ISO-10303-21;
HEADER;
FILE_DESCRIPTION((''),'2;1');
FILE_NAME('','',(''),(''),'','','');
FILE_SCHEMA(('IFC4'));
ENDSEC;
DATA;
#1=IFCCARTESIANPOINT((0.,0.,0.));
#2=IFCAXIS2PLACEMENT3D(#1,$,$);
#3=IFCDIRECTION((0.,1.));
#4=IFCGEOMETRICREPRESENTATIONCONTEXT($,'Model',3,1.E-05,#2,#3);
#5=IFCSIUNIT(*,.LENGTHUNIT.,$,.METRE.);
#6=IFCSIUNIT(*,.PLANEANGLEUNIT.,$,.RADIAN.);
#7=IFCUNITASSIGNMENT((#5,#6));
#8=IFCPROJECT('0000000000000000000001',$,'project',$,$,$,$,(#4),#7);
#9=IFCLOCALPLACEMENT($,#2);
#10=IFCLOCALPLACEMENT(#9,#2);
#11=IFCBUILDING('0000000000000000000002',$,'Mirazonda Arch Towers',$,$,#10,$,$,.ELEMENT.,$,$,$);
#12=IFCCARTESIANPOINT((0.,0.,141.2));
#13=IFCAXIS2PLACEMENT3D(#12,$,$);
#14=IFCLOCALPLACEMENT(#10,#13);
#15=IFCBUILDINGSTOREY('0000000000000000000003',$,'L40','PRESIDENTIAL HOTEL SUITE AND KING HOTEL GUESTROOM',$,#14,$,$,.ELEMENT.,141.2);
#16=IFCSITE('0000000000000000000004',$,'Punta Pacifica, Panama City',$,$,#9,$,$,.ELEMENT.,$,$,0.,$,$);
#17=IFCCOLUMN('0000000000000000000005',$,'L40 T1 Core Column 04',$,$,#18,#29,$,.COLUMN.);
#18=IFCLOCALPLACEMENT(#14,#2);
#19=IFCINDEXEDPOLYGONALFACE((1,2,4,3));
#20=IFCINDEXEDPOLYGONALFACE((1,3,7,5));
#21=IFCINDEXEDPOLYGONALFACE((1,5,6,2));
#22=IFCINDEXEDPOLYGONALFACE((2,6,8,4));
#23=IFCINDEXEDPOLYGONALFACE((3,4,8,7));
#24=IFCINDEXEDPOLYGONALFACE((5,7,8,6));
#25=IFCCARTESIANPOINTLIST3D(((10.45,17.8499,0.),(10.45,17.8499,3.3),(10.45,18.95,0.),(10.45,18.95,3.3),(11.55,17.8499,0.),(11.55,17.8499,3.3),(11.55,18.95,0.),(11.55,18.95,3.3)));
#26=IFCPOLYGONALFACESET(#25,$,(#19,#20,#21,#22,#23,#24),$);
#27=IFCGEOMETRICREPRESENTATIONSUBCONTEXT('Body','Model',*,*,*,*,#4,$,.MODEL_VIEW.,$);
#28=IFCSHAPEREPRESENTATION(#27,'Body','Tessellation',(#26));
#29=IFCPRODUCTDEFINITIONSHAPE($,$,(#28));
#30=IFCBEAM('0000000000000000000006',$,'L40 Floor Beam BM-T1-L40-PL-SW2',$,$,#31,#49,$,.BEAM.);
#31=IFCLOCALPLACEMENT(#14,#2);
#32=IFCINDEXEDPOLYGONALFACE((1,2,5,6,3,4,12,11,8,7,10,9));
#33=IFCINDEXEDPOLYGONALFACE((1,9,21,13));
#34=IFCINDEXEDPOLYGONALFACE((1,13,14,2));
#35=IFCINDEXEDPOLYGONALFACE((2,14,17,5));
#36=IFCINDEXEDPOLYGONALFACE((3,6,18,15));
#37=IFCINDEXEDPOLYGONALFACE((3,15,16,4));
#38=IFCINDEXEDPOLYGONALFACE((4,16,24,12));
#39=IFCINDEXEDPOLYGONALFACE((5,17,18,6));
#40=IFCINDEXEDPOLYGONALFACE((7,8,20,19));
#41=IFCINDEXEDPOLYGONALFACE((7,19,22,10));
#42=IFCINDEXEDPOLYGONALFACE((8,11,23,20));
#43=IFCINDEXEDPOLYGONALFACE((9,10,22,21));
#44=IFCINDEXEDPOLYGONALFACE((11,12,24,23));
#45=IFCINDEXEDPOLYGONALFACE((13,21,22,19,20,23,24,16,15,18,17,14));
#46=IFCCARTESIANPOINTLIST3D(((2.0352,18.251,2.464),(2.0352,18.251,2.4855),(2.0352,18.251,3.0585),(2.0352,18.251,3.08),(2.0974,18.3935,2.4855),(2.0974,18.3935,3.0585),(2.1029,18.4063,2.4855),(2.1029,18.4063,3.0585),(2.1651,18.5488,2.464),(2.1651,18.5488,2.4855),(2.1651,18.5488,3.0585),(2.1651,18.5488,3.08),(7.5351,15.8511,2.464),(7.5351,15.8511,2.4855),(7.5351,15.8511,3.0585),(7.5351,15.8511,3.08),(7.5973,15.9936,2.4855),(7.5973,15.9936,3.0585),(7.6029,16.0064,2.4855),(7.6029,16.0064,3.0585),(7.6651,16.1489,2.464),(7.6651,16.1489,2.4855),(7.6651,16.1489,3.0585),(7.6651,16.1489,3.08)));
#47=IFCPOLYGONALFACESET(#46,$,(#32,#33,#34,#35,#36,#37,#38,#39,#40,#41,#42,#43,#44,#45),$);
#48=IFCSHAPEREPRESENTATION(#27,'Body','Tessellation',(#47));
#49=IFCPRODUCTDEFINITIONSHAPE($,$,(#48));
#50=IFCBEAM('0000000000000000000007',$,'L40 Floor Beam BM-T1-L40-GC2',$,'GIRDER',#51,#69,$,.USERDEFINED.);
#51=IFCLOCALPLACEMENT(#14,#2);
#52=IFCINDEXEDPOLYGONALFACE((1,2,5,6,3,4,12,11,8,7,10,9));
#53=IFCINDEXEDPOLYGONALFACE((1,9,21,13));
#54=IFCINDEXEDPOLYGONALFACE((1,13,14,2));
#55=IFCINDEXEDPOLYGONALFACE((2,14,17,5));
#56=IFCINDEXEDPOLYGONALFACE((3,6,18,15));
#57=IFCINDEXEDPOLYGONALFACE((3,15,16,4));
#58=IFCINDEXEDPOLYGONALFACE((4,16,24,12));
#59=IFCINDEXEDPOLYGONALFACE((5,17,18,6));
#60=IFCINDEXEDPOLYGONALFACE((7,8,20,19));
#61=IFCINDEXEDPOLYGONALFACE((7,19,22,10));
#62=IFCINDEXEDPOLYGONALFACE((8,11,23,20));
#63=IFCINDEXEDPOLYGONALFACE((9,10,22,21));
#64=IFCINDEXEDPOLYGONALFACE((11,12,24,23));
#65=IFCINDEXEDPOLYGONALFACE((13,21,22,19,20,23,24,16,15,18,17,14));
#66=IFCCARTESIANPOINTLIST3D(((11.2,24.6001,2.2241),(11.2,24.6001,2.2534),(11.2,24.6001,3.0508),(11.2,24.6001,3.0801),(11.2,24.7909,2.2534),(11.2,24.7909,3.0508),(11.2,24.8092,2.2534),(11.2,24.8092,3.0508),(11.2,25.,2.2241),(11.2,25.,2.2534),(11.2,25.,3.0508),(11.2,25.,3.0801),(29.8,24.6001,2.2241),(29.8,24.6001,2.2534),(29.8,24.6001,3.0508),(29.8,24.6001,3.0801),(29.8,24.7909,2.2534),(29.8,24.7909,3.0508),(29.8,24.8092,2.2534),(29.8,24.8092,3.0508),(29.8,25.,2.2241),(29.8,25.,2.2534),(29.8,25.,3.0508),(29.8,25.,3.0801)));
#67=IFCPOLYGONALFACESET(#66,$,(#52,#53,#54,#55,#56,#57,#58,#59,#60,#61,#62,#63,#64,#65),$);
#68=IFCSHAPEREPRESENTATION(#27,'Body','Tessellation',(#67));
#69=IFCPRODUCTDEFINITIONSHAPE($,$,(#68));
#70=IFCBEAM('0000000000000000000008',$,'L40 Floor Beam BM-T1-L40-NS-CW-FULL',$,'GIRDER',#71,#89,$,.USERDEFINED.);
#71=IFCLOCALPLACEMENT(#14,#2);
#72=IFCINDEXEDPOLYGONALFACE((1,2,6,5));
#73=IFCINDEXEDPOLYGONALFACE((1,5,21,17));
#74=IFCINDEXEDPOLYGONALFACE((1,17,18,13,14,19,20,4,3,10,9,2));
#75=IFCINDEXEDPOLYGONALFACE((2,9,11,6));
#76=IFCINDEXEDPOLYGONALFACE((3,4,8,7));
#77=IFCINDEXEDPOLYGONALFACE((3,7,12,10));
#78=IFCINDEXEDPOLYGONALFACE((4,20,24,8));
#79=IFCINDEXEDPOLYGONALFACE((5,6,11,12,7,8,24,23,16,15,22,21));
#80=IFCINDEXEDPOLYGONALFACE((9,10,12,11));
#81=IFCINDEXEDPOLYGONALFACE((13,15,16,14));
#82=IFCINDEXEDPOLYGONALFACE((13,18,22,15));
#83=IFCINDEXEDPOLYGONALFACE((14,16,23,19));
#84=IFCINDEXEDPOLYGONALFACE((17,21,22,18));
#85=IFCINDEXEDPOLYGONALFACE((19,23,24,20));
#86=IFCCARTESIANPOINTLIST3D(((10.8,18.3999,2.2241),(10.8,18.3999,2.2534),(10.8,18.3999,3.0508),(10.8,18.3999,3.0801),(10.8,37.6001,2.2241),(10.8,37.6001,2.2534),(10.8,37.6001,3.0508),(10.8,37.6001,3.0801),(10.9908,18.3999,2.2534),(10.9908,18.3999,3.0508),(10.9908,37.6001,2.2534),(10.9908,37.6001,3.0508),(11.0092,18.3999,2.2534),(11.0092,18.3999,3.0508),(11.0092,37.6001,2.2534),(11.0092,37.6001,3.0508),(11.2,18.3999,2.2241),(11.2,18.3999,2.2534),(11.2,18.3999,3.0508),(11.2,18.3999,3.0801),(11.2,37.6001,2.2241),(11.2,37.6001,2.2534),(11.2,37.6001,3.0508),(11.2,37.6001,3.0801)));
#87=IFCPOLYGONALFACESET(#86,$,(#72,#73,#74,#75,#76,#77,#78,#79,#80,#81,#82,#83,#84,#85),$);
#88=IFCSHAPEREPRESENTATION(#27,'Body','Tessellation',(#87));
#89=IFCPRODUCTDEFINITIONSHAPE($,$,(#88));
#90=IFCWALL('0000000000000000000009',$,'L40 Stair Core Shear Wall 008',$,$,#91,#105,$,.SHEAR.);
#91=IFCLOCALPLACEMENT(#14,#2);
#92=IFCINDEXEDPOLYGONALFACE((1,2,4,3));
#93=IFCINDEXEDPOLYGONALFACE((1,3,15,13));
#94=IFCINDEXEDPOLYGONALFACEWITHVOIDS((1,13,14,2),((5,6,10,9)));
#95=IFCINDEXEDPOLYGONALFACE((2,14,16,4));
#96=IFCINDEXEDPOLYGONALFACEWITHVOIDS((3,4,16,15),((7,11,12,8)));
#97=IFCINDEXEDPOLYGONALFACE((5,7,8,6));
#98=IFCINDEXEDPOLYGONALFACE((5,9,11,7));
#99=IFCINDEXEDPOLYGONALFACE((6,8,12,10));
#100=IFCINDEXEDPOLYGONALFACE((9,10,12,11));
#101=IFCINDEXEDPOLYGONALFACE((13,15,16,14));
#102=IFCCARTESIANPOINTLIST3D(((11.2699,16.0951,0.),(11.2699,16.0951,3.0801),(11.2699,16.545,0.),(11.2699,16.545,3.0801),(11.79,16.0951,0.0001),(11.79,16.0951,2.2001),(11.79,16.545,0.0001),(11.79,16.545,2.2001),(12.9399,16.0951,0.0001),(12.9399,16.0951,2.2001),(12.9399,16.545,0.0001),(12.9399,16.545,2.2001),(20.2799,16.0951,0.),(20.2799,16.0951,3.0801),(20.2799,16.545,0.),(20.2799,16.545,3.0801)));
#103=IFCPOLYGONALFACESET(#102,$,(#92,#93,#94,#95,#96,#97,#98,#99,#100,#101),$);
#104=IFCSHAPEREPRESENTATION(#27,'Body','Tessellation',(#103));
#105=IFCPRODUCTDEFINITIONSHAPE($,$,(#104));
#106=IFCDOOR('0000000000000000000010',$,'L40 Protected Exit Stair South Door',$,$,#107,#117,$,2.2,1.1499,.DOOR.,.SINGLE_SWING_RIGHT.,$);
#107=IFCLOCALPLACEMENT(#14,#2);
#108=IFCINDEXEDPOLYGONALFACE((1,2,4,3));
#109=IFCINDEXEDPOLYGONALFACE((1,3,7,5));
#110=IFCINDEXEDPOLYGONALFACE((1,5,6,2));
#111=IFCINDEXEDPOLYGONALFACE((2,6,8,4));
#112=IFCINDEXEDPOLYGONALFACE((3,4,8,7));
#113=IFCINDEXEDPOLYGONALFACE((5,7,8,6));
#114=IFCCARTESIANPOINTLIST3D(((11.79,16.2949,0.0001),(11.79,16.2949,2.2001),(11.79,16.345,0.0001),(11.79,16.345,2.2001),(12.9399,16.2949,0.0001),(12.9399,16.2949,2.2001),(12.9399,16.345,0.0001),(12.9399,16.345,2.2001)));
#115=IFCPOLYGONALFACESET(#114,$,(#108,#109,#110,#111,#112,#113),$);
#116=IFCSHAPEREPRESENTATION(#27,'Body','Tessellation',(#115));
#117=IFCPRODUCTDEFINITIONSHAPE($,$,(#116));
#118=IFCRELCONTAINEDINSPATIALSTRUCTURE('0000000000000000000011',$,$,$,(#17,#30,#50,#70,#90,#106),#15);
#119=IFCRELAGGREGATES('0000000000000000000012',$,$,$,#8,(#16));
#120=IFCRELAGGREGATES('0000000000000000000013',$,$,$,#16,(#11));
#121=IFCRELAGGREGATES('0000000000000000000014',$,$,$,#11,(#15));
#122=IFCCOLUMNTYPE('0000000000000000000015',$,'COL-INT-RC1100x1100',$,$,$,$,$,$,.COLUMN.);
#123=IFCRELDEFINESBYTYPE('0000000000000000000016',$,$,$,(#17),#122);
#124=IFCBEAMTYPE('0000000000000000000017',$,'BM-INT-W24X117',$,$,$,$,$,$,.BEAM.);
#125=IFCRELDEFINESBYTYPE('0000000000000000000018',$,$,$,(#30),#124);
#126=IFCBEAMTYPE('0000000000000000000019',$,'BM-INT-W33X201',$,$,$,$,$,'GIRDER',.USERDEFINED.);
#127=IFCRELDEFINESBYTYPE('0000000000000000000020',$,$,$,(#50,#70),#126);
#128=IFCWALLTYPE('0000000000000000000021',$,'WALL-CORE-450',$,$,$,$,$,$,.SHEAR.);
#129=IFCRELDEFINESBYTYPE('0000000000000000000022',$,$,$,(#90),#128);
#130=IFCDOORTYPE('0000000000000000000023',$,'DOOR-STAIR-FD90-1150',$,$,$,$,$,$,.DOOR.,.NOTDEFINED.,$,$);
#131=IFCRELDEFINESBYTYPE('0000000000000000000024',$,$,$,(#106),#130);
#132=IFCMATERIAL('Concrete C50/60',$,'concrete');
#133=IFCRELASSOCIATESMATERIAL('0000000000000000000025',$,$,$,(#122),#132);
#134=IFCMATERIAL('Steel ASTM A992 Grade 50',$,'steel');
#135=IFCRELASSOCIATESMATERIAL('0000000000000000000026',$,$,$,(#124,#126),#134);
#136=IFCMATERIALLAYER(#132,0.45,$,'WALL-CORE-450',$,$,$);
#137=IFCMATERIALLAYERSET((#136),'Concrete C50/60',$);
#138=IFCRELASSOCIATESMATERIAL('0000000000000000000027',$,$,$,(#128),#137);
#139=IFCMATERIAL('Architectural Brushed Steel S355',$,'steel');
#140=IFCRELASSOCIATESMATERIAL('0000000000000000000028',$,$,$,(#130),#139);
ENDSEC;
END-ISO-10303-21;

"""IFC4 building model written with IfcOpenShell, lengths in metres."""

from ifc_helpers import new_model, si_unit, direction, frame, frame_2d, origin, origin_2d, place, context, subcontext, project, spatial, rectangle, i_section, extrude, material, layer, layer_set, material_profile, profile_set, type_object, element, fill, save


model = new_model("IFC4")

# Units and contexts
model_context = context("Model", 3, precision=1e-05, world=origin(), true_north=direction((0.0, 1.0)))
body_context = subcontext(model_context, "Body", "Model", "MODEL_VIEW")
ifc_project = project(units=[si_unit("LENGTHUNIT", "METRE"), si_unit("PLANEANGLEUNIT", "RADIAN")], contexts=[model_context])

# Site, building, storey
site_placement = place(None, origin())
site = spatial("IfcSite", under=ifc_project, at=site_placement, Name="Punta Pacifica, Panama City", CompositionType="ELEMENT", RefElevation=0.0)
building_placement = place(site_placement, origin())
building = spatial("IfcBuilding", under=site, at=building_placement, Name="Mirazonda Arch Towers", CompositionType="ELEMENT")
storey_placement = place(building_placement, frame((0.0, 0.0, 141.2)))
storey = spatial("IfcBuildingStorey", under=building, at=storey_placement, Name="L40", Description="PRESIDENTIAL HOTEL SUITE AND KING HOTEL GUESTROOM", CompositionType="ELEMENT", Elevation=141.2)

# Column
ifc_material_1 = material(Name="Concrete C50/60", Category="concrete")
ifc_material_profile_1 = material_profile(ifc_material_1, rectangle(XDim=1.1001, YDim=1.1001, at=origin_2d()), Name="RC1100x1100")
ifc_profile_set_1 = profile_set([ifc_material_profile_1], Name="Concrete C50/60")
column_type = type_object("IfcColumnType", Name="COL-INT-RC1100x1100", PredefinedType="COLUMN", material=ifc_profile_set_1)
column_placement = place(storey_placement, frame((11.0, 18.3999, 0.0), z_axis=(0.0, 0.0, 1.0), x_axis=(1.0, 0.0, 0.0)))
element("IfcColumn", 1, at=column_placement, inside=storey, type_object=column_type, Name="L40 T1 Core Column 04", PredefinedType="COLUMN", context=body_context, shape_type="SweptSolid", body=[
    extrude(rectangle(XDim=1.1001, YDim=1.1001, at=origin_2d()), origin(), (0.0, 0.0, 1.0), 3.3),
])

# Beams
ifc_material_2 = material(Name="Steel ASTM A992 Grade 50", Category="steel")
ifc_material_profile_2 = material_profile(ifc_material_2, i_section(OverallWidth=0.325, OverallDepth=0.616, WebThickness=0.0139, FlangeThickness=0.0215, at=origin_2d()), Name="W24X117")
ifc_profile_set_2 = profile_set([ifc_material_profile_2], Name="Steel ASTM A992 Grade 50")
beam_type_1 = type_object("IfcBeamType", Name="BM-INT-W24X117", PredefinedType="BEAM", material=ifc_profile_set_2)
beam_1_placement = place(storey_placement, frame((7.6001, 16.0, 2.772), z_axis=(-0.916545, 0.399931, 0.0), x_axis=(-0.399931, -0.916545, 0.0)))
element("IfcBeam", 2, at=beam_1_placement, inside=storey, type_object=beam_type_1, Name="L40 Floor Beam BM-T1-L40-PL-SW2", PredefinedType="BEAM", context=body_context, shape_type="SweptSolid", body=[
    extrude(i_section(OverallWidth=0.325, OverallDepth=0.616, WebThickness=0.0139, FlangeThickness=0.0215, at=origin_2d()), origin(), (0.0, 0.0, 1.0), 6.0007),
])
ifc_material_profile_3 = material_profile(ifc_material_2, i_section(OverallWidth=0.3999, OverallDepth=0.856, WebThickness=0.0183, FlangeThickness=0.0293, at=origin_2d()), Name="W33X201")
ifc_profile_set_3 = profile_set([ifc_material_profile_3], Name="Steel ASTM A992 Grade 50")
beam_type_2 = type_object("IfcBeamType", Name="BM-INT-W33X201", ElementType="GIRDER", PredefinedType="USERDEFINED", material=ifc_profile_set_3)
beam_2_placement = place(storey_placement, frame((11.2, 24.8, 2.6521), z_axis=(1.0, 0.0, 0.0), x_axis=(0.0, 1.0, 0.0)))
element("IfcBeam", 3, at=beam_2_placement, inside=storey, type_object=beam_type_2, Name="L40 Floor Beam BM-T1-L40-GC2", ObjectType="GIRDER", PredefinedType="USERDEFINED", context=body_context, shape_type="SweptSolid", body=[
    extrude(i_section(OverallWidth=0.3999, OverallDepth=0.856, WebThickness=0.0183, FlangeThickness=0.0293, at=origin_2d()), origin(), (0.0, 0.0, 1.0), 18.6001),
])
beam_3_placement = place(storey_placement, frame((11.0, 18.3999, 2.6521), z_axis=(0.0, 1.0, 0.0), x_axis=(-1.0, 0.0, 0.0)))
element("IfcBeam", 4, at=beam_3_placement, inside=storey, type_object=beam_type_2, Name="L40 Floor Beam BM-T1-L40-NS-CW-FULL", ObjectType="GIRDER", PredefinedType="USERDEFINED", context=body_context, shape_type="SweptSolid", body=[
    extrude(i_section(OverallWidth=0.3999, OverallDepth=0.856, WebThickness=0.0183, FlangeThickness=0.0293, at=origin_2d()), origin(), (0.0, 0.0, 1.0), 19.2002),
])

# Wall, opening, door
ifc_layer_1 = layer(ifc_material_1, 0.45, Name="WALL-CORE-450")
ifc_layer_set_1 = layer_set([ifc_layer_1], Name="Concrete C50/60")
wall_type_1 = type_object("IfcWallType", Name="WALL-CORE-450", PredefinedType="SHEAR", material=ifc_layer_set_1)
wall_1_placement = place(storey_placement, frame((11.27, 16.3201, 0.0), z_axis=(0.0, 0.0, 1.0), x_axis=(1.0, 0.0, 0.0)))
wall_1 = element("IfcWall", 5, at=wall_1_placement, inside=storey, type_object=wall_type_1, Name="L40 Stair Core Shear Wall 008", PredefinedType="SHEAR", context=body_context, shape_type="SweptSolid", body=[
    extrude(rectangle(XDim=9.01, YDim=0.45, at=frame_2d((4.5049, 0.0))), origin(), (0.0, 0.0, 1.0), 3.0801),
])
opening_1_placement = place(wall_1_placement, frame((0.52, 0.0, 0.0)))
opening_1 = element("IfcOpeningElement", 6, at=opening_1_placement, cuts=wall_1, PredefinedType="OPENING", context=body_context, shape_type="SweptSolid", body=[
    extrude(rectangle(XDim=1.1499, YDim=2.2, at=frame_2d((0.575, 1.1001))), frame((0.0, 0.2349, 0.0), z_axis=(0.0, -1.0, 0.0), x_axis=(1.0, 0.0, 0.0)), (0.0, 0.0, 1.0), 0.47),
])
ifc_material_3 = material(Name="Architectural Brushed Steel S355", Category="steel")
door_type_1 = type_object("IfcDoorType", Name="DOOR-STAIR-FD90-1150", OperationType="NOTDEFINED", PredefinedType="DOOR", material=ifc_material_3)
door_1_placement = place(opening_1_placement, origin())
door_1 = element("IfcDoor", 7, at=door_1_placement, inside=storey, type_object=door_type_1, Name="L40 Protected Exit Stair South Door", OperationType="SINGLE_SWING_RIGHT", OverallHeight=2.2, OverallWidth=1.1499, PredefinedType="DOOR", context=body_context, shape_type="SweptSolid", body=[
    extrude(rectangle(XDim=1.1499, YDim=2.2, at=frame_2d((0.575, 1.1001))), frame((0.0, 0.0249, 0.0), z_axis=(0.0, -1.0, 0.0), x_axis=(1.0, 0.0, 0.0)), (0.0, 0.0, 1.0), 0.05),
])
fill(opening_1, door_1)

save(model, "model.ifc")
